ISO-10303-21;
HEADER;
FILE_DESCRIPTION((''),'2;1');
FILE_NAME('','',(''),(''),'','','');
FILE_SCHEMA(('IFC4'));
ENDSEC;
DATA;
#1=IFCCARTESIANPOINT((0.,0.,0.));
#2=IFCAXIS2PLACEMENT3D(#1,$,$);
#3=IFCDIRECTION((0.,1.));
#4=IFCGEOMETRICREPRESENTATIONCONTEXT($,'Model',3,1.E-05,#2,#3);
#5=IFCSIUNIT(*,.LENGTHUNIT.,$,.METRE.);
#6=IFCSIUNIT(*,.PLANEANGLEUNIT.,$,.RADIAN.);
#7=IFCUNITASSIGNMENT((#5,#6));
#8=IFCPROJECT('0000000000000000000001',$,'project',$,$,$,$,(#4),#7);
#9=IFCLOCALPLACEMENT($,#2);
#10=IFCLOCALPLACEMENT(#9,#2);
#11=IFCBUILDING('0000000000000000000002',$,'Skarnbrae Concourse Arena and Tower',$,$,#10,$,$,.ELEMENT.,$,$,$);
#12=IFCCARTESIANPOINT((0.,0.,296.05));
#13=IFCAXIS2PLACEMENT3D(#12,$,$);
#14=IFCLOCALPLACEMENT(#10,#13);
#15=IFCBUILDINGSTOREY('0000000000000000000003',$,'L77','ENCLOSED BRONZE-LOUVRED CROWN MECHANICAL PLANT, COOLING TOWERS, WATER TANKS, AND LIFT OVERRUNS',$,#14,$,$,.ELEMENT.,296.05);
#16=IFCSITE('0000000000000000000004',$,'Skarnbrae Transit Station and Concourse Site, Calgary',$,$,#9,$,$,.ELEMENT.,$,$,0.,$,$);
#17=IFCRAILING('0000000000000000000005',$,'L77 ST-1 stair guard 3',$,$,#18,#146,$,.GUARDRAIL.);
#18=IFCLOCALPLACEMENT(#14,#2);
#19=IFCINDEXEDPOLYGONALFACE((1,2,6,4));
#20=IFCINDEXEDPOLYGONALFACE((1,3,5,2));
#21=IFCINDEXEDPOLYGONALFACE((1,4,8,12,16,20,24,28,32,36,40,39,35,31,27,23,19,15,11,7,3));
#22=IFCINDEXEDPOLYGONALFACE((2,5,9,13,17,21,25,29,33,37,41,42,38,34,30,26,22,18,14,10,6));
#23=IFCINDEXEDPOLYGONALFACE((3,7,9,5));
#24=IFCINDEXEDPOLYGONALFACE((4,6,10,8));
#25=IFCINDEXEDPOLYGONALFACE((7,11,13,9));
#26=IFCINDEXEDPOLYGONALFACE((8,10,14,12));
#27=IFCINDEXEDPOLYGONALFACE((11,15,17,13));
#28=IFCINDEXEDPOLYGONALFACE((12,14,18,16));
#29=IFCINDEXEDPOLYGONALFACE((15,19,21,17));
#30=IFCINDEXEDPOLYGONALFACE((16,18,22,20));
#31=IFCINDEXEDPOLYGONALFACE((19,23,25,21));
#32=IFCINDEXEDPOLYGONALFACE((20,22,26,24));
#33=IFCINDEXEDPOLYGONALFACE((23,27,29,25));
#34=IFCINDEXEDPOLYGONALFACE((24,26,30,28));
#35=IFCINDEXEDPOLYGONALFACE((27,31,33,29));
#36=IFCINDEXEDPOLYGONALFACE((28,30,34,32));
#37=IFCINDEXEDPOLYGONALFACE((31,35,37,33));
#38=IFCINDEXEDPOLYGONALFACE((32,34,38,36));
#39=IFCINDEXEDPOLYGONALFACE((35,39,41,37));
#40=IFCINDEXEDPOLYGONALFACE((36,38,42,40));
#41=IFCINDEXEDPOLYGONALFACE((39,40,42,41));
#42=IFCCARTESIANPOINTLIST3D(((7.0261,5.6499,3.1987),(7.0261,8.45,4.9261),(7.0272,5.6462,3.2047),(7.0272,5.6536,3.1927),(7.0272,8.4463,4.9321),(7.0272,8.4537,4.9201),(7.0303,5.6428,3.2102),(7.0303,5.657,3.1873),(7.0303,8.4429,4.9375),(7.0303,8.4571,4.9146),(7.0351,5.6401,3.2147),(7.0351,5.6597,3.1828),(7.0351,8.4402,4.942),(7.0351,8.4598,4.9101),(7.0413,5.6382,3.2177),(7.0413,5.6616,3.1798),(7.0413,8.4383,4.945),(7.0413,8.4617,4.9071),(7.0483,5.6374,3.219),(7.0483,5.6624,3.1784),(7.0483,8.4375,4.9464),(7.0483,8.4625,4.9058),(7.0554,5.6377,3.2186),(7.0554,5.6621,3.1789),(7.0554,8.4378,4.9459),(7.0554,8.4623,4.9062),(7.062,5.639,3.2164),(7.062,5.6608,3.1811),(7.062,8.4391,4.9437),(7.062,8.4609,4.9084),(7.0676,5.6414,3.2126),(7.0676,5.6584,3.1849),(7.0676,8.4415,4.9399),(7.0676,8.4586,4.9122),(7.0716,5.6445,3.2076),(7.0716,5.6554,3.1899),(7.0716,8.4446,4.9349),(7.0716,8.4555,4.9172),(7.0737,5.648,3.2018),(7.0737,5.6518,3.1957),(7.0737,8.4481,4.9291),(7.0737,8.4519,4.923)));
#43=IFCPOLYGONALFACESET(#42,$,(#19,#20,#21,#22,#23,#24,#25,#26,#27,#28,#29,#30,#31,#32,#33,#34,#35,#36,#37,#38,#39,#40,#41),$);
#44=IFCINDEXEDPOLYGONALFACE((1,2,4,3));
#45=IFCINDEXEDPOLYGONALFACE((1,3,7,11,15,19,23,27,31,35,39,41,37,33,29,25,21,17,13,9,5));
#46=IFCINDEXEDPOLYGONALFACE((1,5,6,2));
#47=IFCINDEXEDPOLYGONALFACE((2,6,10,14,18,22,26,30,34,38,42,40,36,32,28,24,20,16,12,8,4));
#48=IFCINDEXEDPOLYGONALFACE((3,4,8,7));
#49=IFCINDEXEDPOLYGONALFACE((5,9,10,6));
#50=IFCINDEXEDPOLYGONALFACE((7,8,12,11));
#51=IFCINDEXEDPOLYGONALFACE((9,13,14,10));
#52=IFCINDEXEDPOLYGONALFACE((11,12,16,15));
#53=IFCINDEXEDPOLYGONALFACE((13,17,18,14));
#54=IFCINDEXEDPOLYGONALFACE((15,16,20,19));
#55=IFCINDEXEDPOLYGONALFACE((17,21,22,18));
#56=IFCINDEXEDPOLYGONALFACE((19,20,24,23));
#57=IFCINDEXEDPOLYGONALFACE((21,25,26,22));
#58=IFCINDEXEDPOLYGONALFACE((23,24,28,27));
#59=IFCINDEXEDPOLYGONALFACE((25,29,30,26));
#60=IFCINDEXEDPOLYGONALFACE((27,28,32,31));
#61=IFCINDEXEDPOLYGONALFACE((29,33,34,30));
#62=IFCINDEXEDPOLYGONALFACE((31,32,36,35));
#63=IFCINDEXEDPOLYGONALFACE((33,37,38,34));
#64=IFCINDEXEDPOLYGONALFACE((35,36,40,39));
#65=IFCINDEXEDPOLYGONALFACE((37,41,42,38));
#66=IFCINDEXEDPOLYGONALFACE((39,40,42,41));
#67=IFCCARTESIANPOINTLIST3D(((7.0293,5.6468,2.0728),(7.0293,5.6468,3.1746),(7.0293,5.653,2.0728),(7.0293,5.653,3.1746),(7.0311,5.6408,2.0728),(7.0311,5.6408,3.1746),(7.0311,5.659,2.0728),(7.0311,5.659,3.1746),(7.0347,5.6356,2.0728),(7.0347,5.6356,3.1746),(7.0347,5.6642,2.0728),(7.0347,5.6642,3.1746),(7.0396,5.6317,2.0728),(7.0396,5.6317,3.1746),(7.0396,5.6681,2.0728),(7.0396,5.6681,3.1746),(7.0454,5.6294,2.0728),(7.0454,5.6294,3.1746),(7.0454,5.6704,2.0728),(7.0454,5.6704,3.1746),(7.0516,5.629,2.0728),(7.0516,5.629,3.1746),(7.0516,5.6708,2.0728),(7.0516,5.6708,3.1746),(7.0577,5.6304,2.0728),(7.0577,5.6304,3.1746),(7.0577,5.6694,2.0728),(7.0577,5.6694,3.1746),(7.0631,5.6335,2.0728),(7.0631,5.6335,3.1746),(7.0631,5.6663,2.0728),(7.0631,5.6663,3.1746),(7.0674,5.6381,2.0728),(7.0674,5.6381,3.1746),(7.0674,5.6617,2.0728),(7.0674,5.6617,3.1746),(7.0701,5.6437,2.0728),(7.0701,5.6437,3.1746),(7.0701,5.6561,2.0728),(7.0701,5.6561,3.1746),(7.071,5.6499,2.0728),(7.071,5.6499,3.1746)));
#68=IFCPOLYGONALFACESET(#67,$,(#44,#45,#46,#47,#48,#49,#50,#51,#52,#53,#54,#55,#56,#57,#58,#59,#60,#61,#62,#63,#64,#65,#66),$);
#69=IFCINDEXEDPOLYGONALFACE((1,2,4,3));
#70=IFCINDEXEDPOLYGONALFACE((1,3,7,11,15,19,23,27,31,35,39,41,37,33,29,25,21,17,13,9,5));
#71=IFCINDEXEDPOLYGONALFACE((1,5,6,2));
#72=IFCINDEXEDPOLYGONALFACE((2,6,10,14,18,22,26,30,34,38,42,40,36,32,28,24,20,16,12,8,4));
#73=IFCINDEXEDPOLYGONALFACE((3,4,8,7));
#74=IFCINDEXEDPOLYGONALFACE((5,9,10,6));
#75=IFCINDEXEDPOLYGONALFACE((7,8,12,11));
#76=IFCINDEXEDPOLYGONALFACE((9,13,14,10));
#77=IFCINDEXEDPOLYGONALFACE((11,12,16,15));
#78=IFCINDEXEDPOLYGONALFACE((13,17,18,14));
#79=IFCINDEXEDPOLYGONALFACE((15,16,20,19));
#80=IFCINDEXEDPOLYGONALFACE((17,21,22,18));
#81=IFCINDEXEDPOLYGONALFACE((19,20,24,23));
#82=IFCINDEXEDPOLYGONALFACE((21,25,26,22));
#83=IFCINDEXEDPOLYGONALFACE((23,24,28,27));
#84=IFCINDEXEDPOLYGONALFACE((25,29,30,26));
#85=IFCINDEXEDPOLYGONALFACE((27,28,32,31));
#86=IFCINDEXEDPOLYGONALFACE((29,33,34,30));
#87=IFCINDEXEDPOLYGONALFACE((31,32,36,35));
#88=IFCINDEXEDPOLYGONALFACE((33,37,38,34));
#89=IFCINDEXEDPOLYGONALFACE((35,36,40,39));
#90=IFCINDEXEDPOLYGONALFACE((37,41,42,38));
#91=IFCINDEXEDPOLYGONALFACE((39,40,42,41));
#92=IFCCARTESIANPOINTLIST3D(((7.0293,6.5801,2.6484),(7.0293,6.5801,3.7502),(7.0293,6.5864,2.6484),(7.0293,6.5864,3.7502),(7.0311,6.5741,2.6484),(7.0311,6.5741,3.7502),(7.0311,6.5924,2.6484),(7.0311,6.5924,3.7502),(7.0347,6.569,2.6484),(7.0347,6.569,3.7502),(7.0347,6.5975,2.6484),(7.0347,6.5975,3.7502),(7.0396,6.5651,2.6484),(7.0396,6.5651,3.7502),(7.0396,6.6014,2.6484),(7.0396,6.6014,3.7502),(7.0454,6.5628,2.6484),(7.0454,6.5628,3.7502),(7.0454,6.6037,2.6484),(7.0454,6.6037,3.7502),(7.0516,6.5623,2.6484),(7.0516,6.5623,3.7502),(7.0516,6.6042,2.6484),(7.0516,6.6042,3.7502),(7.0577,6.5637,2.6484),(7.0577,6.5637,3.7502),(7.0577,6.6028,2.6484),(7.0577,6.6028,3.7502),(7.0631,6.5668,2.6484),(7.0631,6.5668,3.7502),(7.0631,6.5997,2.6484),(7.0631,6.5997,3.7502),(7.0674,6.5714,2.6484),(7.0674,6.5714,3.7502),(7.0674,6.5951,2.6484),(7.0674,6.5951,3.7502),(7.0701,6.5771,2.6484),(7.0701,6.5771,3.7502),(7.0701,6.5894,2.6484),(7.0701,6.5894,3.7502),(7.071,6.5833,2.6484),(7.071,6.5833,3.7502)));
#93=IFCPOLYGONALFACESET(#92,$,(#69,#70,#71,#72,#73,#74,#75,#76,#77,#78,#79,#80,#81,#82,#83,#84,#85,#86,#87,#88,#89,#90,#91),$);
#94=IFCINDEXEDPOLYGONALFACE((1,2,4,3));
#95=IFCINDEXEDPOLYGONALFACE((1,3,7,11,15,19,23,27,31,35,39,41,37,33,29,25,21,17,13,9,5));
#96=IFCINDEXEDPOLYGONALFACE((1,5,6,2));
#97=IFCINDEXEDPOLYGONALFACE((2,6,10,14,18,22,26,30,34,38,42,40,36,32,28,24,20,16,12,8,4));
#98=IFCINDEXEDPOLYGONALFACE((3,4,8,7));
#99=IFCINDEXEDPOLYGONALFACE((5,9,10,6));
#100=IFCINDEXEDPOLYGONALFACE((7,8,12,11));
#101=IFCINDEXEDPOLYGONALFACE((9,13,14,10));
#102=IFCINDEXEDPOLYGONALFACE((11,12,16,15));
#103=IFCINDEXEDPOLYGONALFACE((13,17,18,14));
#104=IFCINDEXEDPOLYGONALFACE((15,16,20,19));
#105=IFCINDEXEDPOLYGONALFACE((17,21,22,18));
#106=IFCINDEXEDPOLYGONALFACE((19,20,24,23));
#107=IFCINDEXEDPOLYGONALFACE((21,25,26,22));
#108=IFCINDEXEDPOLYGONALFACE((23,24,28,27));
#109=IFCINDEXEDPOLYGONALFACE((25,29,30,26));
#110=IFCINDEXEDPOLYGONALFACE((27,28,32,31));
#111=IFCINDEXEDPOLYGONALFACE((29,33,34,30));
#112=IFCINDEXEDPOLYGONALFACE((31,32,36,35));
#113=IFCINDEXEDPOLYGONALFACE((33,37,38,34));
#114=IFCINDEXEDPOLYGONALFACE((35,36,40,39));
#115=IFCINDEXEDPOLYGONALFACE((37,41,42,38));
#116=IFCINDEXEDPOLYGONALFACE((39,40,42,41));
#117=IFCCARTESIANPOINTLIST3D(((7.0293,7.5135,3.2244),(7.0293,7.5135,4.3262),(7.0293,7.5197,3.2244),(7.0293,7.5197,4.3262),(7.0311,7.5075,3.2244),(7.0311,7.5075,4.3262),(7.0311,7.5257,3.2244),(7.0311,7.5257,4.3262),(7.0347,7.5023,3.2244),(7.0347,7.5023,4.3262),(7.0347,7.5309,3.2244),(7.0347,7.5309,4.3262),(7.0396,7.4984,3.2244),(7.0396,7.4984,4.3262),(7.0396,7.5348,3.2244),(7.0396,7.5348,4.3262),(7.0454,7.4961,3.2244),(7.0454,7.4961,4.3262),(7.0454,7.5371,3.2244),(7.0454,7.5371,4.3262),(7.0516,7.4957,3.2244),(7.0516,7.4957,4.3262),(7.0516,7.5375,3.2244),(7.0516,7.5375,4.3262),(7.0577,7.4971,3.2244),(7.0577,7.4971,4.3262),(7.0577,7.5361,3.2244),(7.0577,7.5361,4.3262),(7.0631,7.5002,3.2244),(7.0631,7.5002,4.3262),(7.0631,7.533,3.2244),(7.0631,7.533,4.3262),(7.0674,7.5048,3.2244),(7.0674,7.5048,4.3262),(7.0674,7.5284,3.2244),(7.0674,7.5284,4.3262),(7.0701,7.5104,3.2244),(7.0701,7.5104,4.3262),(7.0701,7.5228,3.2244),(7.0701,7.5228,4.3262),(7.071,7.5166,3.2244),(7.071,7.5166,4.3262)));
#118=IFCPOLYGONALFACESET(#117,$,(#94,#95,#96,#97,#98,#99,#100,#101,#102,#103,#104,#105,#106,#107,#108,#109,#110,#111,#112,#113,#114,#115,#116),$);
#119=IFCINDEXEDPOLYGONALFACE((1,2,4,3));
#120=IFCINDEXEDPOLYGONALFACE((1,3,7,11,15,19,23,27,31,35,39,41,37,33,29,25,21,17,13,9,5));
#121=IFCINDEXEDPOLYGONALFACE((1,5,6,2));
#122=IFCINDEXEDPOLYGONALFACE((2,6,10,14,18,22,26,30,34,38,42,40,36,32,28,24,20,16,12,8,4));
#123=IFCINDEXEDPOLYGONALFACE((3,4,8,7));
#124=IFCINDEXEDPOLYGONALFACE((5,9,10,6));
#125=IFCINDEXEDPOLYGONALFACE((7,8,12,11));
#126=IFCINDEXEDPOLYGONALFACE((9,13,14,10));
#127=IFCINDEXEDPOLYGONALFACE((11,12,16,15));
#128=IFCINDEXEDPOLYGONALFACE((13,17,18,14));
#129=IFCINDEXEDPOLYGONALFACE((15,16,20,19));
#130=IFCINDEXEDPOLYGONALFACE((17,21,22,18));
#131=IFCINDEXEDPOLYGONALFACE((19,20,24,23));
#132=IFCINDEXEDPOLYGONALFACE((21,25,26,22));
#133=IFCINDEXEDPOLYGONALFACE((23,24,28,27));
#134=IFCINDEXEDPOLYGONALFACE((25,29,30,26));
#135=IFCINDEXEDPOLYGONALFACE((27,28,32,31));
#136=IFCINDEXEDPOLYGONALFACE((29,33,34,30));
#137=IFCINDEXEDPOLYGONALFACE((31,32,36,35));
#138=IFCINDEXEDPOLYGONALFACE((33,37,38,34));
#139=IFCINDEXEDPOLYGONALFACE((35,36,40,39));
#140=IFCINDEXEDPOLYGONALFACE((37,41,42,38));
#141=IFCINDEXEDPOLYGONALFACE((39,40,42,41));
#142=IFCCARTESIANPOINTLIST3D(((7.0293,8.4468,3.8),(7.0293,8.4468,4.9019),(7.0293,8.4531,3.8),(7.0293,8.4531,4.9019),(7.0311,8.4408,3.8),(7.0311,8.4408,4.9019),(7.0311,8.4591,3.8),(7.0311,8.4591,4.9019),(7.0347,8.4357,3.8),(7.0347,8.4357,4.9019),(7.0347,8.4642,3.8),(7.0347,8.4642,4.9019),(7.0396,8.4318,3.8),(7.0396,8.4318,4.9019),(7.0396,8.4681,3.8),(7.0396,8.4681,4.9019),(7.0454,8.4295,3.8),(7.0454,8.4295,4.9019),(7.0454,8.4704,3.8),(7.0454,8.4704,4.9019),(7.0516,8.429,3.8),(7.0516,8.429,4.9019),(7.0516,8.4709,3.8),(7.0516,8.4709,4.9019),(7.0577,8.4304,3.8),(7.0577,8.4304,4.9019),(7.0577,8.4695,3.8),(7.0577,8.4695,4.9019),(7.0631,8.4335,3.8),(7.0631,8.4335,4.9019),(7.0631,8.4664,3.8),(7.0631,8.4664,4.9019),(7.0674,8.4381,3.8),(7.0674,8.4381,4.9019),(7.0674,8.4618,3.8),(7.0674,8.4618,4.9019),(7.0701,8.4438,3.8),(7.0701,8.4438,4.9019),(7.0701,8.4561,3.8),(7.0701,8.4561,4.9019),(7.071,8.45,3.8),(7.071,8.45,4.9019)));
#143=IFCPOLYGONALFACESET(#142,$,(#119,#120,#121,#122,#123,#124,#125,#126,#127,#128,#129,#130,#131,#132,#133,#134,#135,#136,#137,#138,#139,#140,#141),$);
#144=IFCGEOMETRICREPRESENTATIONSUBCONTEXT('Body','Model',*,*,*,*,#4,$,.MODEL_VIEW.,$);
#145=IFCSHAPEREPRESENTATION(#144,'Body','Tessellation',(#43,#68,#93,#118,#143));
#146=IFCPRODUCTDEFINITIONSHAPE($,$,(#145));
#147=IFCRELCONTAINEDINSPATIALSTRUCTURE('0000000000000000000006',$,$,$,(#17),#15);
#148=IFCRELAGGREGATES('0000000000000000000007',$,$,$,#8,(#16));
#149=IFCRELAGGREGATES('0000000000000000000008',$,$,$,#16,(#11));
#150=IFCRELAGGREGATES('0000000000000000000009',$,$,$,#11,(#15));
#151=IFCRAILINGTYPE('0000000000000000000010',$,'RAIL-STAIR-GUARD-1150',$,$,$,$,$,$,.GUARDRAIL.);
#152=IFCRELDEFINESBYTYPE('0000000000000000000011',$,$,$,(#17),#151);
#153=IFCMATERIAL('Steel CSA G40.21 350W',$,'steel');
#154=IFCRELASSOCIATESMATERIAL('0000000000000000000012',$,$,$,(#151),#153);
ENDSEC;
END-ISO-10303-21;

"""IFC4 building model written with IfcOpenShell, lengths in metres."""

from ifc_helpers import new_model, si_unit, direction, frame, origin, origin_2d, place, context, subcontext, project, spatial, circle, extrude, material, type_object, element, save


model = new_model("IFC4")

# Units and contexts
model_context = context("Model", 3, precision=1e-05, world=origin(), true_north=direction((0.0, 1.0)))
body_context = subcontext(model_context, "Body", "Model", "MODEL_VIEW")
ifc_project = project(units=[si_unit("LENGTHUNIT", "METRE"), si_unit("PLANEANGLEUNIT", "RADIAN")], contexts=[model_context])

# Site, building, storey
site_placement = place(None, origin())
site = spatial("IfcSite", under=ifc_project, at=site_placement, Name="Skarnbrae Transit Station and Concourse Site, Calgary", CompositionType="ELEMENT", RefElevation=0.0)
building_placement = place(site_placement, origin())
building = spatial("IfcBuilding", under=site, at=building_placement, Name="Skarnbrae Concourse Arena and Tower", CompositionType="ELEMENT")
storey_placement = place(building_placement, frame((0.0, 0.0, 296.05)))
storey = spatial("IfcBuildingStorey", under=building, at=storey_placement, Name="L77", Description="ENCLOSED BRONZE-LOUVRED CROWN MECHANICAL PLANT, COOLING TOWERS, WATER TANKS, AND LIFT OVERRUNS", CompositionType="ELEMENT", Elevation=296.05)

# Shared definitions
ifc_material_1 = material(Name="Steel CSA G40.21 350W", Category="steel")

# Railing
railing_type_1 = type_object("IfcRailingType", Name="RAIL-STAIR-GUARD-1150", PredefinedType="GUARDRAIL", material=ifc_material_1)
railing_1_placement = place(storey_placement, frame((7.05, 5.6499, 2.0728)))
element("IfcRailing", 1, at=railing_1_placement, inside=storey, type_object=railing_type_1, Name="L77 ST-1 stair guard 3", PredefinedType="GUARDRAIL", context=body_context, shape_type="SweptSolid", body=[
    extrude(circle(Radius=0.0239, at=origin_2d()), frame((0.0, 0.0, 1.126), z_axis=(0.0, 0.85109, 0.52502), x_axis=(-1.0, 0.0, 0.0)), (0.0, 0.0, 1.0), 3.29),
    extrude(circle(Radius=0.021, at=origin_2d()), origin(), (0.0, 0.0, 1.0), 1.1018),
    extrude(circle(Radius=0.021, at=origin_2d()), frame((0.0, 0.9333, 0.5757)), (0.0, 0.0, 1.0), 1.1018),
    extrude(circle(Radius=0.021, at=origin_2d()), frame((0.0, 1.8667, 1.1516)), (0.0, 0.0, 1.0), 1.1018),
    extrude(circle(Radius=0.021, at=origin_2d()), frame((0.0, 2.8, 1.7273)), (0.0, 0.0, 1.0), 1.1018),
])

save(model, "model.ifc")
